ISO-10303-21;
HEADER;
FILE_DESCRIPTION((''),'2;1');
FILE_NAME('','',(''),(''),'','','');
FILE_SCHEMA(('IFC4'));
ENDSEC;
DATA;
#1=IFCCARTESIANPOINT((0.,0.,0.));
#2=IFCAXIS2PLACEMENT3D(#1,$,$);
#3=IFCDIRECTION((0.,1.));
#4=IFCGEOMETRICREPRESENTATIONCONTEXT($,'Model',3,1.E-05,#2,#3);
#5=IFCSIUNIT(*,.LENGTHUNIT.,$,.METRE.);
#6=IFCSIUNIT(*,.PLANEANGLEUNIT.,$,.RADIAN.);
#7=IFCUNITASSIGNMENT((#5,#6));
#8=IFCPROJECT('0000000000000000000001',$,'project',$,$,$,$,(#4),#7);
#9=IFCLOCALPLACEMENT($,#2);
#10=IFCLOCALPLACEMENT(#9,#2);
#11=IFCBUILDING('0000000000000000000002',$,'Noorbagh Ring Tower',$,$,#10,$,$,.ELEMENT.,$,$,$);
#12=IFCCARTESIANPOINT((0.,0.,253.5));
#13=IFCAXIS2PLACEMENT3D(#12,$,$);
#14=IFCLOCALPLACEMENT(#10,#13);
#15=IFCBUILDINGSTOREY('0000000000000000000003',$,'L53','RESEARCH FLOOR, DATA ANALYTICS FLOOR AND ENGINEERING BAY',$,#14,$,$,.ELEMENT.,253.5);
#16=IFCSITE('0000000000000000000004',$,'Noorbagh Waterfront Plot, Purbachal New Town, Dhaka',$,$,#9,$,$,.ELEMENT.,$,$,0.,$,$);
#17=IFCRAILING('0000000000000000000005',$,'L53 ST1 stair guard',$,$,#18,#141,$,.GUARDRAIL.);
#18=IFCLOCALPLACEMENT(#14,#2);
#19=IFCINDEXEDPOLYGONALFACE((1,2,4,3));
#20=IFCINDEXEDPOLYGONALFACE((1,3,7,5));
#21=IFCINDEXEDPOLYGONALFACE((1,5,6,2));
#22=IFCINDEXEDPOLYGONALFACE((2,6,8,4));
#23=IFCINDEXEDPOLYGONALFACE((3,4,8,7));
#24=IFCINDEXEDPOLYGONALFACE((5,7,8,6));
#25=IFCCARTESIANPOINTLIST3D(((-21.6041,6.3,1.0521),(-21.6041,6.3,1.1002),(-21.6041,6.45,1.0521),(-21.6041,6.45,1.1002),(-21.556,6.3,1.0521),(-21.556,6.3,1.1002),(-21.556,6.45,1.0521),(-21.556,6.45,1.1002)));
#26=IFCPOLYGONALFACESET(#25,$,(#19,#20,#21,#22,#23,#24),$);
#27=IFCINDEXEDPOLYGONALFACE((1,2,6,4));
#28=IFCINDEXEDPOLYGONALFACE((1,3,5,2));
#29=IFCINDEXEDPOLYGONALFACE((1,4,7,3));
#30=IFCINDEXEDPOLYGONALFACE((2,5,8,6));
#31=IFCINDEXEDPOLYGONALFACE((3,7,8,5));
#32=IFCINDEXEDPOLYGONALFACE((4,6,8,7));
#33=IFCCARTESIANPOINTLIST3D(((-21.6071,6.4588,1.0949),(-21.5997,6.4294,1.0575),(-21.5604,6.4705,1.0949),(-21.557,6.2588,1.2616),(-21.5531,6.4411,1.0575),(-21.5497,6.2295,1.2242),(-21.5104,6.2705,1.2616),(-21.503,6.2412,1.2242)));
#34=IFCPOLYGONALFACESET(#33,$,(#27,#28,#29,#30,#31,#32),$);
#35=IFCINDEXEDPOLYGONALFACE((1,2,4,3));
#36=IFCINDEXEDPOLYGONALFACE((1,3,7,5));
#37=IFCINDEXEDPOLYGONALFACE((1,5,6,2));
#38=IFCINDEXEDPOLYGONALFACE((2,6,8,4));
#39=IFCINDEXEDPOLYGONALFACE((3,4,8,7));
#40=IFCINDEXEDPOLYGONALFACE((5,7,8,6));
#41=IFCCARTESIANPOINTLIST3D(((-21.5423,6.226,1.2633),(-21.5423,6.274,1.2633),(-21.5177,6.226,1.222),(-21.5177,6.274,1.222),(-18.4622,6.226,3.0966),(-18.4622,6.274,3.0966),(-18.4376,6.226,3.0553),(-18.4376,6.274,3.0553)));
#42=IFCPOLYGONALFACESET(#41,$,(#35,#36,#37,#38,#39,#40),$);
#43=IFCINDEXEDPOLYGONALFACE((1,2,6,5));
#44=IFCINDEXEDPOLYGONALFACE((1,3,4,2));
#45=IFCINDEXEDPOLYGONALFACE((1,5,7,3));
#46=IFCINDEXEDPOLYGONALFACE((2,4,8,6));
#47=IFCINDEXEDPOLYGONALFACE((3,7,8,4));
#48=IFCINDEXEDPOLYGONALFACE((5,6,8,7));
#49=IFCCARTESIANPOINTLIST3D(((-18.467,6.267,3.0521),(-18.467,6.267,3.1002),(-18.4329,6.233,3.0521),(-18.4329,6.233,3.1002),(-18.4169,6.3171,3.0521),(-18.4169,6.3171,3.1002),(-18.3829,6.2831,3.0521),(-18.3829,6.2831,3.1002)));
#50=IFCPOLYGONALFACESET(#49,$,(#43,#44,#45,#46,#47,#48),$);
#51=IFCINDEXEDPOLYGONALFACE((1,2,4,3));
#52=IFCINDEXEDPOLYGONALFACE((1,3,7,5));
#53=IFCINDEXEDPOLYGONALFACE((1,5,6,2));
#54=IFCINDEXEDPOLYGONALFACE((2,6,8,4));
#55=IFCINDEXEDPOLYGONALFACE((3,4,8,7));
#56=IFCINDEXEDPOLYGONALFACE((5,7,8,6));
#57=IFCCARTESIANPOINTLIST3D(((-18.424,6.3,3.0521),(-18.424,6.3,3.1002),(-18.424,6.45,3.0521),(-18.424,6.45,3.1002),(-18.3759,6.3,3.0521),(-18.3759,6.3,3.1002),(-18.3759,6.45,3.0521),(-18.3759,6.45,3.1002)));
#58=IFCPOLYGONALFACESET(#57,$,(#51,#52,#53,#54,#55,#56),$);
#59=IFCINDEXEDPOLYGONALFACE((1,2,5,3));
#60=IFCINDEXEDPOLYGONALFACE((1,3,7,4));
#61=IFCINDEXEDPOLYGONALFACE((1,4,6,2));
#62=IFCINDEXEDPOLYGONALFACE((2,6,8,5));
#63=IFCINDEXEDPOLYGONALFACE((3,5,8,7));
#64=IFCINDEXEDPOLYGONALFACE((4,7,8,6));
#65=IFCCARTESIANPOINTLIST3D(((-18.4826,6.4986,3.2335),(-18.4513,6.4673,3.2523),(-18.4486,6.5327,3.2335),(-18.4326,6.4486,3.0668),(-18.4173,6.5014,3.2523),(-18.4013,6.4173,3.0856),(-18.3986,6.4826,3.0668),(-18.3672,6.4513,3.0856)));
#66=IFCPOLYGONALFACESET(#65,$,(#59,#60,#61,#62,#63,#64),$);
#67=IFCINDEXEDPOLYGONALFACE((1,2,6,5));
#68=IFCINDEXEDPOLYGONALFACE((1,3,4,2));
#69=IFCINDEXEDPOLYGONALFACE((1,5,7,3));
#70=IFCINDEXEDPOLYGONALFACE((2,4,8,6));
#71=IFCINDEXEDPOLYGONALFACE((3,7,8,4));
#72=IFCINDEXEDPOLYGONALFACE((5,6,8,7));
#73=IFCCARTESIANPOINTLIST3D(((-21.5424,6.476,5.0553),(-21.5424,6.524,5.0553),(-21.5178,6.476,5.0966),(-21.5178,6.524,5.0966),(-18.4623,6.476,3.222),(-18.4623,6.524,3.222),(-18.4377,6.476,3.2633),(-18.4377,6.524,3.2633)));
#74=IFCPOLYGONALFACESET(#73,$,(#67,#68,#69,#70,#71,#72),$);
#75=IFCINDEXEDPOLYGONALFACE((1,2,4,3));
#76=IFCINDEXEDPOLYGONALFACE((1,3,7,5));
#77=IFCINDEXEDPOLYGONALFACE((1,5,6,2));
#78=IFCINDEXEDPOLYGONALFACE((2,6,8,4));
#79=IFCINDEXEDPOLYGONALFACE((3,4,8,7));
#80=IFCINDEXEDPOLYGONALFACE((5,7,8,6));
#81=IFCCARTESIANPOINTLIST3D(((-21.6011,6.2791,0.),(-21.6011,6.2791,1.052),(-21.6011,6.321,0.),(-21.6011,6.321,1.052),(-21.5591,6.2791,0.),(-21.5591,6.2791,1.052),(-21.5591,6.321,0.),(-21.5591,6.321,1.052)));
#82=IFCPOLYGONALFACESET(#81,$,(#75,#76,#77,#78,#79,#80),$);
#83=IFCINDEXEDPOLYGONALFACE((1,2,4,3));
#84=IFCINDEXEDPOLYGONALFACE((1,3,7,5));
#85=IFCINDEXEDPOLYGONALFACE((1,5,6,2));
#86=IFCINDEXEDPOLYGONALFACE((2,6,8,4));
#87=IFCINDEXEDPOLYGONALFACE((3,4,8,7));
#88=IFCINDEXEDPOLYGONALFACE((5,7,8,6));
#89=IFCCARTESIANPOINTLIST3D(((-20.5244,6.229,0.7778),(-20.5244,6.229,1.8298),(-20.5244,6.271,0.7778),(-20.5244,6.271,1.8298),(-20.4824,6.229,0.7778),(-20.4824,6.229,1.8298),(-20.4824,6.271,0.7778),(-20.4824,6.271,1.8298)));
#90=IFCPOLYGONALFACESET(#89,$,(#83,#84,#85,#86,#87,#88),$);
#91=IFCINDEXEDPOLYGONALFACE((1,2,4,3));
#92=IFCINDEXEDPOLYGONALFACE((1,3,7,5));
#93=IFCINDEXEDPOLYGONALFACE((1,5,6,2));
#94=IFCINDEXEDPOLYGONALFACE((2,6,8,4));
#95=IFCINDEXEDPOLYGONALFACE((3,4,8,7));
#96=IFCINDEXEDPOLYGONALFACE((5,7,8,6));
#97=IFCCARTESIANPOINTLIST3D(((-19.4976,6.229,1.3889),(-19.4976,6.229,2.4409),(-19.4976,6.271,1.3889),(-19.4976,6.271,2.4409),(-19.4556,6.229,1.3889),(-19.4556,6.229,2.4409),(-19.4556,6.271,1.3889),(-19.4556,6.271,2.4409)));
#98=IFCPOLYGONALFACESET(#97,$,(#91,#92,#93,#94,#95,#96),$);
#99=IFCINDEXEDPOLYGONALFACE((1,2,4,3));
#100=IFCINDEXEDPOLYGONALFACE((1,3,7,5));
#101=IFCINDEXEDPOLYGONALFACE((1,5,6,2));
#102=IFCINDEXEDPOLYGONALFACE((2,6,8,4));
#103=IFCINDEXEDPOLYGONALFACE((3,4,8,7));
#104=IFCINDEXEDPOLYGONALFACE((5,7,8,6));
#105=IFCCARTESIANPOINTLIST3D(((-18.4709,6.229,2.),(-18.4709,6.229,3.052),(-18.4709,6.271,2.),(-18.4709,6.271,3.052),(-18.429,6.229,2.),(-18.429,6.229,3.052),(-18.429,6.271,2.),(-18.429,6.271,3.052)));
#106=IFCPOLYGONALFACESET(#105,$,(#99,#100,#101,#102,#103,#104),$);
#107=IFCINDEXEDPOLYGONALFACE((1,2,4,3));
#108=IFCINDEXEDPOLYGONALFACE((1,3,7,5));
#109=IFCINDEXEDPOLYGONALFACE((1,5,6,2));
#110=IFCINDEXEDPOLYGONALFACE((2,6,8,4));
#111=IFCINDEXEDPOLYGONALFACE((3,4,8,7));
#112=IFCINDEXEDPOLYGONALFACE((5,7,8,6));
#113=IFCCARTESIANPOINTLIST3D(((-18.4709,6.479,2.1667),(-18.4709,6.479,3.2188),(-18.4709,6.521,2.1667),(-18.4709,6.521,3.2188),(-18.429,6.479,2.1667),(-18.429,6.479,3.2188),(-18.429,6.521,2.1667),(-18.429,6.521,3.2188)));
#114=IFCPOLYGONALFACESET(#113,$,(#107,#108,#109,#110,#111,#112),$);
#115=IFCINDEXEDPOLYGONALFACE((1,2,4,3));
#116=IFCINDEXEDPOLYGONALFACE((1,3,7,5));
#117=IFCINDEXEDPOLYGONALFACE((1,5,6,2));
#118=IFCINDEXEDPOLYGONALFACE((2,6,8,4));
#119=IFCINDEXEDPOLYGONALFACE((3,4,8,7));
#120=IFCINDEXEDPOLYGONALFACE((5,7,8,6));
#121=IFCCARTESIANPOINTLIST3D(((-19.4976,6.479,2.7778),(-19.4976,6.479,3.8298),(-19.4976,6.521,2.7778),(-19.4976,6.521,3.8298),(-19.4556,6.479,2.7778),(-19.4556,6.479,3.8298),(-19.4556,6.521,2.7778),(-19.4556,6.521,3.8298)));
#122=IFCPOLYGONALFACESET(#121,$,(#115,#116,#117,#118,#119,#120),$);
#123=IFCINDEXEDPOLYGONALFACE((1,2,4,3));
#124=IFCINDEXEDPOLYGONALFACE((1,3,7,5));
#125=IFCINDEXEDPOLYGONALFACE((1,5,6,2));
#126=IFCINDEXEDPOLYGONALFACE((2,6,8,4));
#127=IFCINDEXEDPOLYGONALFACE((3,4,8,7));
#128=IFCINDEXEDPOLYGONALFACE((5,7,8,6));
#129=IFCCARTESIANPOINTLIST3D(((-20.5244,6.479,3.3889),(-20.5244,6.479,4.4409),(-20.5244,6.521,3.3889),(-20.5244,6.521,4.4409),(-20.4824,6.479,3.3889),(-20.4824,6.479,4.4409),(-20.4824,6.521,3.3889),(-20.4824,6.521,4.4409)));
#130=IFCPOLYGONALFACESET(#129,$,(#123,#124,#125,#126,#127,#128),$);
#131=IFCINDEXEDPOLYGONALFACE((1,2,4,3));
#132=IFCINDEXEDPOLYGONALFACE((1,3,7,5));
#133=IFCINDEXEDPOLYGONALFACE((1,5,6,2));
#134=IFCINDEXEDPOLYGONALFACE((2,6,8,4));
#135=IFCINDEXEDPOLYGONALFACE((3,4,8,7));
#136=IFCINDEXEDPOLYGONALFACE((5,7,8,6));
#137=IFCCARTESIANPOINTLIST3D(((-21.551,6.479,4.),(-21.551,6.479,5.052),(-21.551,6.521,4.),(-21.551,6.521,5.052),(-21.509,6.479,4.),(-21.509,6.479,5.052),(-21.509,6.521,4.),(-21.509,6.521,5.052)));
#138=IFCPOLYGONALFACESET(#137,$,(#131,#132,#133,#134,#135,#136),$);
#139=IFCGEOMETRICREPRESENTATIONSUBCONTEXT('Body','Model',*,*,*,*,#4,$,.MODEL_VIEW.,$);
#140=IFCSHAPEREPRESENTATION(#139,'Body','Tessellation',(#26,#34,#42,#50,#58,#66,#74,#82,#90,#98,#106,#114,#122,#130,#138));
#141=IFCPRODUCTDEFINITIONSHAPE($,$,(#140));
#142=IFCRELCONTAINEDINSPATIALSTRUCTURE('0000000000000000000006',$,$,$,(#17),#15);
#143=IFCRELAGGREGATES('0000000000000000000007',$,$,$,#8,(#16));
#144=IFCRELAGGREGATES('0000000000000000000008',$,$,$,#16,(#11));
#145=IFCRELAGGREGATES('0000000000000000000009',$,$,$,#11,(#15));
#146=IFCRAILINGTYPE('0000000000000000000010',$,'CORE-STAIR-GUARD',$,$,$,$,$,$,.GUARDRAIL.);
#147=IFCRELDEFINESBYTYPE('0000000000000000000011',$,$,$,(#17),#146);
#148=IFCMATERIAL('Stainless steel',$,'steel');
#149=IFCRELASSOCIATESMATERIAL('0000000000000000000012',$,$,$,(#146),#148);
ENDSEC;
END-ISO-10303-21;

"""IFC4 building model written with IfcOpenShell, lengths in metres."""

from ifc_helpers import new_model, si_unit, direction, frame, origin, origin_2d, place, context, subcontext, project, spatial, rectangle, extrude, material, type_object, element, save


model = new_model("IFC4")

# Units and contexts
model_context = context("Model", 3, precision=1e-05, world=origin(), true_north=direction((0.0, 1.0)))
body_context = subcontext(model_context, "Body", "Model", "MODEL_VIEW")
ifc_project = project(units=[si_unit("LENGTHUNIT", "METRE"), si_unit("PLANEANGLEUNIT", "RADIAN")], contexts=[model_context])

# Site, building, storey
site_placement = place(None, origin())
site = spatial("IfcSite", under=ifc_project, at=site_placement, Name="Noorbagh Waterfront Plot, Purbachal New Town, Dhaka", CompositionType="ELEMENT", RefElevation=0.0)
building_placement = place(site_placement, origin())
building = spatial("IfcBuilding", under=site, at=building_placement, Name="Noorbagh Ring Tower", CompositionType="ELEMENT")
storey_placement = place(building_placement, frame((0.0, 0.0, 253.5)))
storey = spatial("IfcBuildingStorey", under=building, at=storey_placement, Name="L53", Description="RESEARCH FLOOR, DATA ANALYTICS FLOOR AND ENGINEERING BAY", CompositionType="ELEMENT", Elevation=253.5)

# Railing
ifc_material_1 = material(Name="Stainless steel", Category="steel")
railing_type_1 = type_object("IfcRailingType", Name="CORE-STAIR-GUARD", PredefinedType="GUARDRAIL", material=ifc_material_1)
railing_1_placement = place(storey_placement, frame((-21.5801, 6.3, 0.0)))
element("IfcRailing", 1, at=railing_1_placement, inside=storey, type_object=railing_type_1, Name="L53 ST1 stair guard", PredefinedType="GUARDRAIL", context=body_context, shape_type="SweptSolid", body=[
    extrude(rectangle(XDim=0.0481, YDim=0.0481, at=origin_2d()), frame((0.0, 0.0, 1.0762), z_axis=(0.0, 1.0, 0.0), x_axis=(-1.0, 0.0, 0.0)), (0.0, 0.0, 1.0), 0.1499),
    extrude(rectangle(XDim=0.0481, YDim=0.0481, at=origin_2d()), frame((0.0, 0.1499, 1.0762), z_axis=(0.188776, -0.754182, 0.628946), x_axis=(0.970073, 0.242814, 0.0)), (0.0, 0.0, 1.0), 0.2651),
    extrude(rectangle(XDim=0.0481, YDim=0.0481, at=origin_2d()), frame((0.05, -0.05, 1.2427), z_axis=(0.859309, 0.0, 0.511458), x_axis=(0.0, 1.0, 0.0)), (0.0, 0.0, 1.0), 3.5845),
    extrude(rectangle(XDim=0.0481, YDim=0.0481, at=origin_2d()), frame((3.1301, -0.05, 3.0762), z_axis=(0.707107, 0.707107, 0.0), x_axis=(-0.707107, 0.707107, 0.0)), (0.0, 0.0, 1.0), 0.0708),
    extrude(rectangle(XDim=0.0481, YDim=0.0481, at=origin_2d()), frame((3.1802, 0.0, 3.0762), z_axis=(0.0, 1.0, 0.0), x_axis=(-1.0, 0.0, 0.0)), (0.0, 0.0, 1.0), 0.1499),
    extrude(rectangle(XDim=0.0481, YDim=0.0481, at=origin_2d()), frame((3.1802, 0.1499, 3.0762), z_axis=(-0.276287, 0.276287, 0.920506), x_axis=(-0.707107, -0.707107, 0.0)), (0.0, 0.0, 1.0), 0.1812),
    extrude(rectangle(XDim=0.0481, YDim=0.0481, at=origin_2d()), frame((3.1301, 0.2, 3.2427), z_axis=(-0.859309, 0.0, 0.511458), x_axis=(0.0, -1.0, 0.0)), (0.0, 0.0, 1.0), 3.5845),
    extrude(rectangle(XDim=0.042, YDim=0.042, at=origin_2d()), origin(), (0.0, 0.0, 1.0), 1.052),
    extrude(rectangle(XDim=0.042, YDim=0.042, at=origin_2d()), frame((1.0767, -0.05, 0.7778)), (0.0, 0.0, 1.0), 1.052),
    extrude(rectangle(XDim=0.042, YDim=0.042, at=origin_2d()), frame((2.1035, -0.05, 1.3889)), (0.0, 0.0, 1.0), 1.052),
    extrude(rectangle(XDim=0.042, YDim=0.042, at=origin_2d()), frame((3.1301, -0.05, 2.0)), (0.0, 0.0, 1.0), 1.052),
    extrude(rectangle(XDim=0.042, YDim=0.042, at=origin_2d()), frame((3.1301, 0.2, 2.1667)), (0.0, 0.0, 1.0), 1.052),
    extrude(rectangle(XDim=0.042, YDim=0.042, at=origin_2d()), frame((2.1035, 0.2, 2.7778)), (0.0, 0.0, 1.0), 1.052),
    extrude(rectangle(XDim=0.042, YDim=0.042, at=origin_2d()), frame((1.0767, 0.2, 3.3889)), (0.0, 0.0, 1.0), 1.052),
    extrude(rectangle(XDim=0.042, YDim=0.042, at=origin_2d()), frame((0.05, 0.2, 4.0)), (0.0, 0.0, 1.0), 1.052),
])

save(model, "model.ifc")
